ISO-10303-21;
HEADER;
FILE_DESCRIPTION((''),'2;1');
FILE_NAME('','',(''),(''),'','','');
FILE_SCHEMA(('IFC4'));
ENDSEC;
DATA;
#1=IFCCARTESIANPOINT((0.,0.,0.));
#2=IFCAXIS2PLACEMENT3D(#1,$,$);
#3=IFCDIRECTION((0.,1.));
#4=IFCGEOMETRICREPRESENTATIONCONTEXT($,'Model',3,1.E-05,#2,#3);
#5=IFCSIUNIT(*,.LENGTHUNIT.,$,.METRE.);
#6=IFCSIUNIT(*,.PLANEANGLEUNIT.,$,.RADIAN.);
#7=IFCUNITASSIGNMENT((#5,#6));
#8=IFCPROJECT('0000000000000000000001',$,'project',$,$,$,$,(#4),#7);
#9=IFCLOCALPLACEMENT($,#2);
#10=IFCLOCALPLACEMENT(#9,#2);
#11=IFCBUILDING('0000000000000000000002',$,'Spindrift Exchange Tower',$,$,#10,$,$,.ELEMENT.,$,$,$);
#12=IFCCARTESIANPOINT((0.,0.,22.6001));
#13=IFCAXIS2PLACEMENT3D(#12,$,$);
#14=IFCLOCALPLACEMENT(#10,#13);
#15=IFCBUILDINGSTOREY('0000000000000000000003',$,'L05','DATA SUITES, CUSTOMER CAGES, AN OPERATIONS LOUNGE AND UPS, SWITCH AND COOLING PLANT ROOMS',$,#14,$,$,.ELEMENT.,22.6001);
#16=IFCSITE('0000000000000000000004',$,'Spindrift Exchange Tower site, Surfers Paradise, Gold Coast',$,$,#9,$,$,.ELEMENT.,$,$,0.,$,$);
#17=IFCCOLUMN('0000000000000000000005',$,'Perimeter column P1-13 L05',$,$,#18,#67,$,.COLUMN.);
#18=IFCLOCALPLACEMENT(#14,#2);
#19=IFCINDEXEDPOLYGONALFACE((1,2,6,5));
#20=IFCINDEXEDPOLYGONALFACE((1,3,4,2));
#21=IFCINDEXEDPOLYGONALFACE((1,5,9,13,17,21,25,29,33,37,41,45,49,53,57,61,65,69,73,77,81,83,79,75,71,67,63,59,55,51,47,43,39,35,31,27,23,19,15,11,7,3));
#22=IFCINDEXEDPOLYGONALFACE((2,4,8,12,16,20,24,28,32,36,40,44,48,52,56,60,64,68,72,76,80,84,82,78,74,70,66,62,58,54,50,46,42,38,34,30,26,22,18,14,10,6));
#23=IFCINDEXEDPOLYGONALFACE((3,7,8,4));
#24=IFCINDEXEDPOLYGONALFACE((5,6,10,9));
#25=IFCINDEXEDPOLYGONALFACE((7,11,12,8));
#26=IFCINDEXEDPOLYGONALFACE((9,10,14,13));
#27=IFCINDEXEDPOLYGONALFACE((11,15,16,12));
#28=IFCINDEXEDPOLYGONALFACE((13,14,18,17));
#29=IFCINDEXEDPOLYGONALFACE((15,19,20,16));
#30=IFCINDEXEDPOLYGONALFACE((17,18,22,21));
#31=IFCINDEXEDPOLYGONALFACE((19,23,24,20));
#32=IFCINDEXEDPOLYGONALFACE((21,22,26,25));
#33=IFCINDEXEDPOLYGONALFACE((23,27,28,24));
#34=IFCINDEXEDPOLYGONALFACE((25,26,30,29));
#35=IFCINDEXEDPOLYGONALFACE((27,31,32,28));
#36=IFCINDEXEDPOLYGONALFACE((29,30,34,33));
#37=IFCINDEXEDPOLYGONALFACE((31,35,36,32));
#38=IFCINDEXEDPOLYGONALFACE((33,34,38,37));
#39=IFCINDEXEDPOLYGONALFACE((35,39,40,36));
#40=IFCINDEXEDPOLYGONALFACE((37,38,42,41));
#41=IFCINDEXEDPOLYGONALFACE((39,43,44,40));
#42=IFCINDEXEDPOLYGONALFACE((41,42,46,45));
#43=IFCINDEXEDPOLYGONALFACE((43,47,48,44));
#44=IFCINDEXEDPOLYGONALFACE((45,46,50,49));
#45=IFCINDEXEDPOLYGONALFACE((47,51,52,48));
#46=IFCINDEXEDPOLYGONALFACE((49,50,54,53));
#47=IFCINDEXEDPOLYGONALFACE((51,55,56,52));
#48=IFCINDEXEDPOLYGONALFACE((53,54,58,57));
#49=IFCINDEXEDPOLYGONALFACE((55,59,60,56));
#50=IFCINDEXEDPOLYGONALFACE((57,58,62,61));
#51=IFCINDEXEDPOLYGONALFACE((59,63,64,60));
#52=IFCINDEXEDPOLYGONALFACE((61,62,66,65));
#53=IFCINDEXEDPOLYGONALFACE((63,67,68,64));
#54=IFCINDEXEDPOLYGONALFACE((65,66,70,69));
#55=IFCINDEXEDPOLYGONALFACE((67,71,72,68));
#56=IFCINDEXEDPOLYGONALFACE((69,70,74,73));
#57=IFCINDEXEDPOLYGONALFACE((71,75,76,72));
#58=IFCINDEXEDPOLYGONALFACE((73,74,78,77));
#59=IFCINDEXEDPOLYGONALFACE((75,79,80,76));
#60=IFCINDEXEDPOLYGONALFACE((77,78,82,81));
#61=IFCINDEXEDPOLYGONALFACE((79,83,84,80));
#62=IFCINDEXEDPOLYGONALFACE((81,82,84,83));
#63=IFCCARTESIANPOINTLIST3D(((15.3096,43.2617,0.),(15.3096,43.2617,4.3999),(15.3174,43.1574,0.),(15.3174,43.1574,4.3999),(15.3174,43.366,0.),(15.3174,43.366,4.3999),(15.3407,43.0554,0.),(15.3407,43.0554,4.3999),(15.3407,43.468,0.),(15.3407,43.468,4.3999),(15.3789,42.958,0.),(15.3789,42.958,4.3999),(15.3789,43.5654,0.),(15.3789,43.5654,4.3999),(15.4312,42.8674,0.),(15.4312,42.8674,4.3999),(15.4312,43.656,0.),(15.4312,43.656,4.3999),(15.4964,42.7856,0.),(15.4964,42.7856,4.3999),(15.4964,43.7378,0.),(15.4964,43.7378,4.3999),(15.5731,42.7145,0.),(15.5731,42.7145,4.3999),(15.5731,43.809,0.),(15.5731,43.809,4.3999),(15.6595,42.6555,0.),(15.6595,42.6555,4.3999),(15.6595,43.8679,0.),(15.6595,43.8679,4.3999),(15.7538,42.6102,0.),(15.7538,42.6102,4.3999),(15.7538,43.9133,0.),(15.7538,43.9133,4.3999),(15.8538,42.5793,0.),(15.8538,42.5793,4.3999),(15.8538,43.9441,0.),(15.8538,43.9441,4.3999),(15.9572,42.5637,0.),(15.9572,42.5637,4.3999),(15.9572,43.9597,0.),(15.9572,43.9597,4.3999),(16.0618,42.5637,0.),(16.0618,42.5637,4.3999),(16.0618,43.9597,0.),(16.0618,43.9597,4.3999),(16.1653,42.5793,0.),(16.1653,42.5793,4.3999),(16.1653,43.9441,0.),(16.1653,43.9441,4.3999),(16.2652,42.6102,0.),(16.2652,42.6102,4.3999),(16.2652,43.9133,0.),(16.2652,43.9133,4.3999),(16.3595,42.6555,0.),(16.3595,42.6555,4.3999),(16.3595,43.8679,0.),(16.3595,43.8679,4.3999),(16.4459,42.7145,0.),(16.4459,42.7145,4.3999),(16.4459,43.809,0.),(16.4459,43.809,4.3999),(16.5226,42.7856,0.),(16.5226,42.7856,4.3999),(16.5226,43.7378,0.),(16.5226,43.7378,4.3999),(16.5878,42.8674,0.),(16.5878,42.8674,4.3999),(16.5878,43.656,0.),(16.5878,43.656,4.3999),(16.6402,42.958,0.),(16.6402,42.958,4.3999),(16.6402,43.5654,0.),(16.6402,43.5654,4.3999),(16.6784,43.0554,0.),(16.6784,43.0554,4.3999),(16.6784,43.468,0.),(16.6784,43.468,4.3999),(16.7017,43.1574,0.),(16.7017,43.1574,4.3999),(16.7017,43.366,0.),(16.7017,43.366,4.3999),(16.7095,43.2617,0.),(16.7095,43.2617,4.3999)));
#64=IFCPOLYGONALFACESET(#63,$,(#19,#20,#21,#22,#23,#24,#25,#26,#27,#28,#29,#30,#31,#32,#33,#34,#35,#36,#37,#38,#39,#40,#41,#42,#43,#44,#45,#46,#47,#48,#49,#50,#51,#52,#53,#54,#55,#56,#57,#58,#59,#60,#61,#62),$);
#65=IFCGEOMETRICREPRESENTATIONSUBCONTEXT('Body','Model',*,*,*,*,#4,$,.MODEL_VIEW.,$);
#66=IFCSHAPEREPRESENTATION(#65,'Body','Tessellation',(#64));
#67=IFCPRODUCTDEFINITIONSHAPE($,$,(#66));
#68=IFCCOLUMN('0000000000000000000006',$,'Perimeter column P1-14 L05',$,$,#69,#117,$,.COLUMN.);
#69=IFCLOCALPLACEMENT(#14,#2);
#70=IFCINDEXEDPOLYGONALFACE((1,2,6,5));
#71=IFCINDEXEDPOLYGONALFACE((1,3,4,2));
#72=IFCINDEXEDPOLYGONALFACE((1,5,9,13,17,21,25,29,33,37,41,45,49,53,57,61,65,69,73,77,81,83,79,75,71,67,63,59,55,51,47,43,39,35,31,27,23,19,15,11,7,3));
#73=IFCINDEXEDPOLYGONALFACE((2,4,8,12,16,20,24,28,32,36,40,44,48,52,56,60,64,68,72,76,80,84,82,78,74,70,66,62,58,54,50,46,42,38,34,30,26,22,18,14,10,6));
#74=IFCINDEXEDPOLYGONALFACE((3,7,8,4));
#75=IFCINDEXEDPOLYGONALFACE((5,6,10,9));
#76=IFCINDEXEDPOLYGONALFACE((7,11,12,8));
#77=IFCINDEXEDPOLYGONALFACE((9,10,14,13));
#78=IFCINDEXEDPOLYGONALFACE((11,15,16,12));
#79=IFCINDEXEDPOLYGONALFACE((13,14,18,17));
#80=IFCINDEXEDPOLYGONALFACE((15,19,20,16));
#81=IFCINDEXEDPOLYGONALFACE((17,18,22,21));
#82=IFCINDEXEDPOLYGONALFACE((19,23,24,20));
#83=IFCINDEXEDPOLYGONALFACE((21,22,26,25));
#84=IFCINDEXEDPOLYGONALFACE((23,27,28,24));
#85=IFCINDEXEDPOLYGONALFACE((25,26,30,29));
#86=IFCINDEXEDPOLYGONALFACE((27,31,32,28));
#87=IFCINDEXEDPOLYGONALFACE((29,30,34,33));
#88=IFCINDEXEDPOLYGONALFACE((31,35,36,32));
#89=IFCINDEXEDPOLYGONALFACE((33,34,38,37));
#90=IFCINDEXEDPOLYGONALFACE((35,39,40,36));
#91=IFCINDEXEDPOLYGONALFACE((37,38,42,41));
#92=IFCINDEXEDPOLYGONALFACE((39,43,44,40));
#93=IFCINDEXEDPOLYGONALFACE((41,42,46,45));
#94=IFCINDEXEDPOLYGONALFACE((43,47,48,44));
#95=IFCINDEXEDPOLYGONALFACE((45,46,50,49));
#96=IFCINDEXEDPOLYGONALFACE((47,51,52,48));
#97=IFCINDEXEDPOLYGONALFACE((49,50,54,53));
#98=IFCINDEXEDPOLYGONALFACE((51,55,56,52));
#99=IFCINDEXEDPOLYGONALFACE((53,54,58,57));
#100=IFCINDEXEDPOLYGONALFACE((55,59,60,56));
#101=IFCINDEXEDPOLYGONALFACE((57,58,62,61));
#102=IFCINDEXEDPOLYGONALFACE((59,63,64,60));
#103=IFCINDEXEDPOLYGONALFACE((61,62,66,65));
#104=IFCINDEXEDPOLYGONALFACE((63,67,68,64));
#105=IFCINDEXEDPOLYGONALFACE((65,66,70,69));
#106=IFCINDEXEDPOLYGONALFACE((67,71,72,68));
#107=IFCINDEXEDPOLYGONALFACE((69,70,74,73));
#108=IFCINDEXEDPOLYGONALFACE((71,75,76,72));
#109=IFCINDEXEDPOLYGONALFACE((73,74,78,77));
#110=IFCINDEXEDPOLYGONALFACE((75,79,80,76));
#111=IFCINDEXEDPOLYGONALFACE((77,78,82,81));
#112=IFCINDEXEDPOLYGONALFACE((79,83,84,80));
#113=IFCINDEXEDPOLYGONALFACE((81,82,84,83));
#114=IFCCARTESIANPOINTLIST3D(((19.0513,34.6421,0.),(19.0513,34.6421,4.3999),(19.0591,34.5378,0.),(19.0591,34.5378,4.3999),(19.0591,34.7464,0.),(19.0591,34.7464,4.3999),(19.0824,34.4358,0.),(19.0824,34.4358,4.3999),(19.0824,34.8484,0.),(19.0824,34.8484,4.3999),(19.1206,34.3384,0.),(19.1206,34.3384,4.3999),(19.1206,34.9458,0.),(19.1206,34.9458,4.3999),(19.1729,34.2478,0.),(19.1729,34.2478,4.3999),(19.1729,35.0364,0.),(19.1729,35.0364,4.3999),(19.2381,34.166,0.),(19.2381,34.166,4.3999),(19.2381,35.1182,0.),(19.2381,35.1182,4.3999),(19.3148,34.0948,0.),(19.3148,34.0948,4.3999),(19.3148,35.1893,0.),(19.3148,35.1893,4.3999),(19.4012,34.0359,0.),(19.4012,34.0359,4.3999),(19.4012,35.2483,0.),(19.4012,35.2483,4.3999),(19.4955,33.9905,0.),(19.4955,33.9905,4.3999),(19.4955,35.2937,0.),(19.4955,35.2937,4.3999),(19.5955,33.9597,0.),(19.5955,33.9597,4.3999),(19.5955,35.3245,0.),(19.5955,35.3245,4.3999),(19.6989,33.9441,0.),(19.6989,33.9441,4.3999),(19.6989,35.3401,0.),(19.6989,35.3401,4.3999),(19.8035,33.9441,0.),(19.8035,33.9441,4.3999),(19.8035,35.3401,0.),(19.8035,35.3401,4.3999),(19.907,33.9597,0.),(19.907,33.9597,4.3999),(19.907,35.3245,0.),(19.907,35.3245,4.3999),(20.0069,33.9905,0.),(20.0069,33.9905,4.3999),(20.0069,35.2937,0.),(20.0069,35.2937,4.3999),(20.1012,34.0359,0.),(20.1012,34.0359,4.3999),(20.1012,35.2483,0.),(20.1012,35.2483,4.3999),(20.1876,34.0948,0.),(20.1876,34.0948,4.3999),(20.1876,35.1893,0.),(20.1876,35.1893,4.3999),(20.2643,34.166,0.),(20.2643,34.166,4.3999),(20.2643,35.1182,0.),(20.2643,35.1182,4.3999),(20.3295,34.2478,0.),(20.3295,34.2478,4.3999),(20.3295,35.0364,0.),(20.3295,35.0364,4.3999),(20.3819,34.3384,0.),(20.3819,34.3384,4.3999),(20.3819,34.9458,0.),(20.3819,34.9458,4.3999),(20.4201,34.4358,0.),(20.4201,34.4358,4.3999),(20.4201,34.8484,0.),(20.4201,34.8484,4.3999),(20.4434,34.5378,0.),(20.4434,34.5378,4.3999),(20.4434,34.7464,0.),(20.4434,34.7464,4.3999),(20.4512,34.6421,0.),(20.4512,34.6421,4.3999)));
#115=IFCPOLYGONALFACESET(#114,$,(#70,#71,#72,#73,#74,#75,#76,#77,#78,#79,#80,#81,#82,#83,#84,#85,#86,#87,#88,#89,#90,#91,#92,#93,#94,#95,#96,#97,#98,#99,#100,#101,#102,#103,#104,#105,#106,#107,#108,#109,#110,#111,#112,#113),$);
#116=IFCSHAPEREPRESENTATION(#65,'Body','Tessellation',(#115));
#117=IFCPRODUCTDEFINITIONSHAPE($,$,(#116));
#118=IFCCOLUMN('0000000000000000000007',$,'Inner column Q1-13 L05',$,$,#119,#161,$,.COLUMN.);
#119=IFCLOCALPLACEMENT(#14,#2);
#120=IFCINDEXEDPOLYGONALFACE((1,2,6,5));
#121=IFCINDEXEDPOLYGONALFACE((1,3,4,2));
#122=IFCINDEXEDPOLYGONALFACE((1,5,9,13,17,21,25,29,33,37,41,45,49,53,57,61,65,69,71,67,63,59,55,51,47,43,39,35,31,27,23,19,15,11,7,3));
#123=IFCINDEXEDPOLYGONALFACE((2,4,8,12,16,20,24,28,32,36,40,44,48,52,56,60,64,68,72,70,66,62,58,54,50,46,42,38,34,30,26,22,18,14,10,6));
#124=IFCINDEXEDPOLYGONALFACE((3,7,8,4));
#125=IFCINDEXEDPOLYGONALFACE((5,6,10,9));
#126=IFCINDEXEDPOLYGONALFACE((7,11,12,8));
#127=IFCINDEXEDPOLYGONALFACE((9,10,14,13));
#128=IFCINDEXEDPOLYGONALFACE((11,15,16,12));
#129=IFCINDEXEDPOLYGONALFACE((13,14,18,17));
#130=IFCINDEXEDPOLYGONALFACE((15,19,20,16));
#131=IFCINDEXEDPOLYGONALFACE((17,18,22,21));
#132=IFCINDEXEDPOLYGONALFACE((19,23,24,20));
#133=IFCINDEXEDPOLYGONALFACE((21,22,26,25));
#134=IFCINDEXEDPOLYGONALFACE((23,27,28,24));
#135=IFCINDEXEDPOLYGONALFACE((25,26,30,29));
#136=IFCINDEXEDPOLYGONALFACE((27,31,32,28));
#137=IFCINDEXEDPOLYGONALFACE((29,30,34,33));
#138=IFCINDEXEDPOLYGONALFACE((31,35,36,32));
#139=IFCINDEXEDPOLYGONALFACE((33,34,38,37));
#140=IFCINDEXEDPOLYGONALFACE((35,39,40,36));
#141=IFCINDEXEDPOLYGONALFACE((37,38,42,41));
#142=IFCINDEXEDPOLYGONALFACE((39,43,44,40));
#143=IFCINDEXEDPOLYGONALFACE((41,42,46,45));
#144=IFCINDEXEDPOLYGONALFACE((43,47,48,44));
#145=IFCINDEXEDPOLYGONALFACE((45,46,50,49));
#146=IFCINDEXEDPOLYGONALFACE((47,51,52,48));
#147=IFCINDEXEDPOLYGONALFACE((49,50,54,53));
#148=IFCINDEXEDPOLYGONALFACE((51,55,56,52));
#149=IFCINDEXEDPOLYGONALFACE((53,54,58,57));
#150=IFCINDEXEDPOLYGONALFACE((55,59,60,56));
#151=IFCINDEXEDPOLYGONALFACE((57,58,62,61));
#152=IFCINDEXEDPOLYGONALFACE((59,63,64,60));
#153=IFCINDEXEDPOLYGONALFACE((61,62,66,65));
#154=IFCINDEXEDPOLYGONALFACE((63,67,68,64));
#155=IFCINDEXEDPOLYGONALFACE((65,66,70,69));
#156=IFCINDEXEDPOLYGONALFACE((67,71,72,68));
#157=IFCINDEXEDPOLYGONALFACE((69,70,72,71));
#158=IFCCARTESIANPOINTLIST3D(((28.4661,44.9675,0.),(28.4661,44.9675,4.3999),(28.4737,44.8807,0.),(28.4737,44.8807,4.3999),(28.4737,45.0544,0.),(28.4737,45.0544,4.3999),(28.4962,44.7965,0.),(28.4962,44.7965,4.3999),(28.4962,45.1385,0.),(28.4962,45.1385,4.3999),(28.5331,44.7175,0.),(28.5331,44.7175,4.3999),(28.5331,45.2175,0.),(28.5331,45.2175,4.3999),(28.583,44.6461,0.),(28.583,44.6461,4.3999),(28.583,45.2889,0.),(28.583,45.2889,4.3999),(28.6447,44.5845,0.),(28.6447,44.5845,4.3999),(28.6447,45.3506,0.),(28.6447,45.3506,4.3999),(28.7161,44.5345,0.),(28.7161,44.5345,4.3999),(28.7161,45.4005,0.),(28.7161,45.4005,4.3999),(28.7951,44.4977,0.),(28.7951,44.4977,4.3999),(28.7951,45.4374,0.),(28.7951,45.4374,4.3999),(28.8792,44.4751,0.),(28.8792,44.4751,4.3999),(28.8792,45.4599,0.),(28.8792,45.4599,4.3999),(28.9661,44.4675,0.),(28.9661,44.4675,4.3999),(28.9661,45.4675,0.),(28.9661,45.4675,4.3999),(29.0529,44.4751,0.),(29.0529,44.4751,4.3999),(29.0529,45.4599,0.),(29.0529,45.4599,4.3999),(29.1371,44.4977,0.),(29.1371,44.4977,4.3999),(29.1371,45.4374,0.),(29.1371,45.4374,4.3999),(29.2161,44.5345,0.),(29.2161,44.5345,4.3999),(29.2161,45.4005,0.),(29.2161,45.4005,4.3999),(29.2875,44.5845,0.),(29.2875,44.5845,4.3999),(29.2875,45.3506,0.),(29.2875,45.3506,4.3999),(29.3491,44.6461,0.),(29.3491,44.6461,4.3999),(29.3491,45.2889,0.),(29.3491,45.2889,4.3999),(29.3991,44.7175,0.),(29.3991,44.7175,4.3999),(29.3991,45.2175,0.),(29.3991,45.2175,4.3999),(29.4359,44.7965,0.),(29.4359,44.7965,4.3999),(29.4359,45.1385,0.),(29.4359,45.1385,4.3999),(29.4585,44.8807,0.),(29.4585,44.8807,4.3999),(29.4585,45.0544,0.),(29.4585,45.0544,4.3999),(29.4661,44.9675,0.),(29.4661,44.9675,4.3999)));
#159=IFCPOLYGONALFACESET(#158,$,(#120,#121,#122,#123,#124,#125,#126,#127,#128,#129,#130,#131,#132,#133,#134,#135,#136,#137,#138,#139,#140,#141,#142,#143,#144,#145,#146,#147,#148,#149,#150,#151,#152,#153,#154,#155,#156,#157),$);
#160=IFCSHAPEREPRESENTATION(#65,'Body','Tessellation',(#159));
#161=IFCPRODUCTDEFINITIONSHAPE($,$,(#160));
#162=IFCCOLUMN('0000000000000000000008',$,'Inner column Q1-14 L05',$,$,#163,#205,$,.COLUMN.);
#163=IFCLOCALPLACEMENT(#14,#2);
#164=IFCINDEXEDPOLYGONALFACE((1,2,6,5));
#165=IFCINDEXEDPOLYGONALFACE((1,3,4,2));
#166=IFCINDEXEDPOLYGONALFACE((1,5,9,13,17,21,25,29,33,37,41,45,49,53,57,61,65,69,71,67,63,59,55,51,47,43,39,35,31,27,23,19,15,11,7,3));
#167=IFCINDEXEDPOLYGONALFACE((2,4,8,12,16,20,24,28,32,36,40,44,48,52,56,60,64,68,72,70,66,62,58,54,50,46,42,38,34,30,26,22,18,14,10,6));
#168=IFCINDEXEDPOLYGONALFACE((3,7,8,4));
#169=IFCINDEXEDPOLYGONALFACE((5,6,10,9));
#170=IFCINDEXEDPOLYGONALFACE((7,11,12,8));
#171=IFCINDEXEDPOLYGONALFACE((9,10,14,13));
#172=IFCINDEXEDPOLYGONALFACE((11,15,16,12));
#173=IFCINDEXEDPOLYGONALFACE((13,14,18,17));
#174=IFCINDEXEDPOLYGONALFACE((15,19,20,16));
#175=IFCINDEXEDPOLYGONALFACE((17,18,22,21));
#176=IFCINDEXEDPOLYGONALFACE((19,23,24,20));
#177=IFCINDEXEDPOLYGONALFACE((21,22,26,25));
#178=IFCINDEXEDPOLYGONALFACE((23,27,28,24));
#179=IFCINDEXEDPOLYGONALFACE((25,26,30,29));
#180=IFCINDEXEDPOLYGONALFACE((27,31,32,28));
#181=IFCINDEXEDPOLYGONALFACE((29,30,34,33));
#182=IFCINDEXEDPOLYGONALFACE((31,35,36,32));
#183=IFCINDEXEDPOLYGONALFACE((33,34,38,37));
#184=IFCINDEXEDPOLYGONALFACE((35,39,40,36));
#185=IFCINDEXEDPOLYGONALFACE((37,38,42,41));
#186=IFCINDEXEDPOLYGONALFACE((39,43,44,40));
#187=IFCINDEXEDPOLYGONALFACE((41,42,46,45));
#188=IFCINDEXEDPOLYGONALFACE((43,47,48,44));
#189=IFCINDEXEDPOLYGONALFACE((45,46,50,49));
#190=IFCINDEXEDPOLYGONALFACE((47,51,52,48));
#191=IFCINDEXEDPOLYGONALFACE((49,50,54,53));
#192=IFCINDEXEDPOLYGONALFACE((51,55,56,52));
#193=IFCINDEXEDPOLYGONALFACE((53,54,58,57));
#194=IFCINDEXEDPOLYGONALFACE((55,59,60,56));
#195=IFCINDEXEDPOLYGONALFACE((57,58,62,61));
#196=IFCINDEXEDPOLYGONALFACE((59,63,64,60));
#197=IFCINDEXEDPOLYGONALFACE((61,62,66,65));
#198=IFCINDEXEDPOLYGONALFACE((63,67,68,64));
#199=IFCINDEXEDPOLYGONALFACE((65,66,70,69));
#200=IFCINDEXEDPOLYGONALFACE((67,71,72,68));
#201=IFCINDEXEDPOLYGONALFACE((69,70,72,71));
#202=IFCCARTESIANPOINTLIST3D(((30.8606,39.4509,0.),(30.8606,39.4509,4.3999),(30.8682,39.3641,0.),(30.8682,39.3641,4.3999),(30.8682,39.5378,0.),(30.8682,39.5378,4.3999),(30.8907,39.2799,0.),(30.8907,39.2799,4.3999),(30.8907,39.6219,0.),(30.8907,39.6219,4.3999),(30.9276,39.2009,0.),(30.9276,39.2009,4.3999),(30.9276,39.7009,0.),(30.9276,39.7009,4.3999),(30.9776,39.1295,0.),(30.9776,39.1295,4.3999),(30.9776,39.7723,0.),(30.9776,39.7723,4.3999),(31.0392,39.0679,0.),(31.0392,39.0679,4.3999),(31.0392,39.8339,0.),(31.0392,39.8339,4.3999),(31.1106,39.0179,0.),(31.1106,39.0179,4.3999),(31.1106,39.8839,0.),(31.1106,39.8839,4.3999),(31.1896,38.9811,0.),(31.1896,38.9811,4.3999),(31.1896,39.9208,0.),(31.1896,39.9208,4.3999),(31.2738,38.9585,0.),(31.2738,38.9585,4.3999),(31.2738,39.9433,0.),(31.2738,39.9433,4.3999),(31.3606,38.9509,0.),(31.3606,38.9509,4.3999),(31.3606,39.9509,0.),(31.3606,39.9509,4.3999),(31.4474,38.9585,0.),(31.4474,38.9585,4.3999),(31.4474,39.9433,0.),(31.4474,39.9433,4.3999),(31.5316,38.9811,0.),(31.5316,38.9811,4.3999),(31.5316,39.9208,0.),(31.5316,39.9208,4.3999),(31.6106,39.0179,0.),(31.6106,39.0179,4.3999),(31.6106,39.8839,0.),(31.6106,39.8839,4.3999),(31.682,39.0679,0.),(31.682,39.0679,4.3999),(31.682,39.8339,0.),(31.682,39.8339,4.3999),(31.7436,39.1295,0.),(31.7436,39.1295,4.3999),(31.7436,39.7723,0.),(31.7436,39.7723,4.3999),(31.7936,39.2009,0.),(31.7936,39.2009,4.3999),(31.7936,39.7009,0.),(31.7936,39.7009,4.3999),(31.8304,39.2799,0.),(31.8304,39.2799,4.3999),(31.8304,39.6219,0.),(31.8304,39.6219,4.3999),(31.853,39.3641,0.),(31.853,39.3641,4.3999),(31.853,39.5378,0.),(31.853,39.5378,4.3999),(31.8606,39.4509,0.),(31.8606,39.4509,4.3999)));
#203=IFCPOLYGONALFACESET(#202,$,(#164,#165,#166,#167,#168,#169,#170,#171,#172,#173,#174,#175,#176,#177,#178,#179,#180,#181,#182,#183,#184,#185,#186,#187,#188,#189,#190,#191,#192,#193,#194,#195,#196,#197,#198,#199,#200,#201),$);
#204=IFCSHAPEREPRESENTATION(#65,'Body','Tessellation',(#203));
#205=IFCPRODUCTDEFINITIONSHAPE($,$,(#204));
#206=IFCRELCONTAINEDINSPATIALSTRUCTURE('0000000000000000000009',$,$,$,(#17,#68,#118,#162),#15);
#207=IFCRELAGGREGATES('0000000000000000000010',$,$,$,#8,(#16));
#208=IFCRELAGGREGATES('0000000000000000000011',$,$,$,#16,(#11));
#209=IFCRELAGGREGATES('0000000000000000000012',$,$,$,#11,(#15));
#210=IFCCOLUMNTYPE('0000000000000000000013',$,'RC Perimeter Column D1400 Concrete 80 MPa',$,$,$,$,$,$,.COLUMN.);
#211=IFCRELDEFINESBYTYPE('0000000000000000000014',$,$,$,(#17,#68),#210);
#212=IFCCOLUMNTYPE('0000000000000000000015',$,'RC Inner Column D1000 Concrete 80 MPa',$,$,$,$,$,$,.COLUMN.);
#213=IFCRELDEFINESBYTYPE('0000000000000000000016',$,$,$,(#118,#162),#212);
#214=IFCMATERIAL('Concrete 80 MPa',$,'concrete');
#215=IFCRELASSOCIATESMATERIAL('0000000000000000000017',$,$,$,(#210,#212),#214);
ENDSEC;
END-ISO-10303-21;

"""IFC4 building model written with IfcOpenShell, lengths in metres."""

from ifc_helpers import new_model, si_unit, direction, frame, origin, origin_2d, place, context, subcontext, project, spatial, circle, extrude, source, transform, mapped, material, material_profile, profile_set, type_object, element, save


model = new_model("IFC4")

# Units and contexts
model_context = context("Model", 3, precision=1e-05, world=origin(), true_north=direction((0.0, 1.0)))
body_context = subcontext(model_context, "Body", "Model", "MODEL_VIEW")
ifc_project = project(units=[si_unit("LENGTHUNIT", "METRE"), si_unit("PLANEANGLEUNIT", "RADIAN")], contexts=[model_context])

# Site, building, storey
site_placement = place(None, origin())
site = spatial("IfcSite", under=ifc_project, at=site_placement, Name="Spindrift Exchange Tower site, Surfers Paradise, Gold Coast", CompositionType="ELEMENT", RefElevation=0.0)
building_placement = place(site_placement, origin())
building = spatial("IfcBuilding", under=site, at=building_placement, Name="Spindrift Exchange Tower", CompositionType="ELEMENT")
storey_placement = place(building_placement, frame((0.0, 0.0, 22.6001)))
storey = spatial("IfcBuildingStorey", under=building, at=storey_placement, Name="L05", Description="DATA SUITES, CUSTOMER CAGES, AN OPERATIONS LOUNGE AND UPS, SWITCH AND COOLING PLANT ROOMS", CompositionType="ELEMENT", Elevation=22.6001)

# Columns
ifc_material_1 = material(Name="Concrete 80 MPa", Category="concrete")
ifc_material_profile_1 = material_profile(ifc_material_1, circle(Radius=0.7, at=origin_2d()), Name="RC D1400")
ifc_profile_set_1 = profile_set([ifc_material_profile_1], Name="Concrete 80 MPa")
column_type_1 = type_object("IfcColumnType", Name="RC Perimeter Column D1400 Concrete 80 MPa", PredefinedType="COLUMN", material=ifc_profile_set_1)
shared_shape_1 = source(origin(), body_context, "Body", "SweptSolid", [
    extrude(circle(Radius=0.7, at=origin_2d()), origin(), (0.0, 0.0, 1.0), 4.3999),
])
for number, where, z_axis, x_axis, name in (
    (1, (16.0095, 43.2617, 0.0), (0.0, 0.0, 1.0), (1.0, 0.0, 0.0), "Perimeter column P1-13 L05"),
    (2, (19.7512, 34.6421, 0.0), (0.0, 0.0, 1.0), (1.0, 0.0, 0.0), "Perimeter column P1-14 L05"),
):
    element("IfcColumn", number, at=place(storey_placement, frame(where, z_axis=z_axis, x_axis=x_axis)), inside=storey, type_object=column_type_1, Name=name, PredefinedType="COLUMN", context=body_context, shape_type="MappedRepresentation", body=[
        mapped(shared_shape_1, transform((0.0, 0.0, 0.0), scale=1.0)),
    ])
ifc_material_profile_2 = material_profile(ifc_material_1, circle(Radius=0.5, at=origin_2d()), Name="RC D1000")
ifc_profile_set_2 = profile_set([ifc_material_profile_2], Name="Concrete 80 MPa")
column_type_2 = type_object("IfcColumnType", Name="RC Inner Column D1000 Concrete 80 MPa", PredefinedType="COLUMN", material=ifc_profile_set_2)
shared_shape_2 = source(origin(), body_context, "Body", "SweptSolid", [
    extrude(circle(Radius=0.5, at=origin_2d()), origin(), (0.0, 0.0, 1.0), 4.3999),
])
for number, where, z_axis, x_axis, name in (
    (3, (28.9661, 44.9675, 0.0), (0.0, 0.0, 1.0), (1.0, 0.0, 0.0), "Inner column Q1-13 L05"),
    (4, (31.3606, 39.4509, 0.0), (0.0, 0.0, 1.0), (1.0, 0.0, 0.0), "Inner column Q1-14 L05"),
):
    element("IfcColumn", number, at=place(storey_placement, frame(where, z_axis=z_axis, x_axis=x_axis)), inside=storey, type_object=column_type_2, Name=name, PredefinedType="COLUMN", context=body_context, shape_type="MappedRepresentation", body=[
        mapped(shared_shape_2, transform((0.0, 0.0, 0.0), scale=1.0)),
    ])

save(model, "model.ifc")
